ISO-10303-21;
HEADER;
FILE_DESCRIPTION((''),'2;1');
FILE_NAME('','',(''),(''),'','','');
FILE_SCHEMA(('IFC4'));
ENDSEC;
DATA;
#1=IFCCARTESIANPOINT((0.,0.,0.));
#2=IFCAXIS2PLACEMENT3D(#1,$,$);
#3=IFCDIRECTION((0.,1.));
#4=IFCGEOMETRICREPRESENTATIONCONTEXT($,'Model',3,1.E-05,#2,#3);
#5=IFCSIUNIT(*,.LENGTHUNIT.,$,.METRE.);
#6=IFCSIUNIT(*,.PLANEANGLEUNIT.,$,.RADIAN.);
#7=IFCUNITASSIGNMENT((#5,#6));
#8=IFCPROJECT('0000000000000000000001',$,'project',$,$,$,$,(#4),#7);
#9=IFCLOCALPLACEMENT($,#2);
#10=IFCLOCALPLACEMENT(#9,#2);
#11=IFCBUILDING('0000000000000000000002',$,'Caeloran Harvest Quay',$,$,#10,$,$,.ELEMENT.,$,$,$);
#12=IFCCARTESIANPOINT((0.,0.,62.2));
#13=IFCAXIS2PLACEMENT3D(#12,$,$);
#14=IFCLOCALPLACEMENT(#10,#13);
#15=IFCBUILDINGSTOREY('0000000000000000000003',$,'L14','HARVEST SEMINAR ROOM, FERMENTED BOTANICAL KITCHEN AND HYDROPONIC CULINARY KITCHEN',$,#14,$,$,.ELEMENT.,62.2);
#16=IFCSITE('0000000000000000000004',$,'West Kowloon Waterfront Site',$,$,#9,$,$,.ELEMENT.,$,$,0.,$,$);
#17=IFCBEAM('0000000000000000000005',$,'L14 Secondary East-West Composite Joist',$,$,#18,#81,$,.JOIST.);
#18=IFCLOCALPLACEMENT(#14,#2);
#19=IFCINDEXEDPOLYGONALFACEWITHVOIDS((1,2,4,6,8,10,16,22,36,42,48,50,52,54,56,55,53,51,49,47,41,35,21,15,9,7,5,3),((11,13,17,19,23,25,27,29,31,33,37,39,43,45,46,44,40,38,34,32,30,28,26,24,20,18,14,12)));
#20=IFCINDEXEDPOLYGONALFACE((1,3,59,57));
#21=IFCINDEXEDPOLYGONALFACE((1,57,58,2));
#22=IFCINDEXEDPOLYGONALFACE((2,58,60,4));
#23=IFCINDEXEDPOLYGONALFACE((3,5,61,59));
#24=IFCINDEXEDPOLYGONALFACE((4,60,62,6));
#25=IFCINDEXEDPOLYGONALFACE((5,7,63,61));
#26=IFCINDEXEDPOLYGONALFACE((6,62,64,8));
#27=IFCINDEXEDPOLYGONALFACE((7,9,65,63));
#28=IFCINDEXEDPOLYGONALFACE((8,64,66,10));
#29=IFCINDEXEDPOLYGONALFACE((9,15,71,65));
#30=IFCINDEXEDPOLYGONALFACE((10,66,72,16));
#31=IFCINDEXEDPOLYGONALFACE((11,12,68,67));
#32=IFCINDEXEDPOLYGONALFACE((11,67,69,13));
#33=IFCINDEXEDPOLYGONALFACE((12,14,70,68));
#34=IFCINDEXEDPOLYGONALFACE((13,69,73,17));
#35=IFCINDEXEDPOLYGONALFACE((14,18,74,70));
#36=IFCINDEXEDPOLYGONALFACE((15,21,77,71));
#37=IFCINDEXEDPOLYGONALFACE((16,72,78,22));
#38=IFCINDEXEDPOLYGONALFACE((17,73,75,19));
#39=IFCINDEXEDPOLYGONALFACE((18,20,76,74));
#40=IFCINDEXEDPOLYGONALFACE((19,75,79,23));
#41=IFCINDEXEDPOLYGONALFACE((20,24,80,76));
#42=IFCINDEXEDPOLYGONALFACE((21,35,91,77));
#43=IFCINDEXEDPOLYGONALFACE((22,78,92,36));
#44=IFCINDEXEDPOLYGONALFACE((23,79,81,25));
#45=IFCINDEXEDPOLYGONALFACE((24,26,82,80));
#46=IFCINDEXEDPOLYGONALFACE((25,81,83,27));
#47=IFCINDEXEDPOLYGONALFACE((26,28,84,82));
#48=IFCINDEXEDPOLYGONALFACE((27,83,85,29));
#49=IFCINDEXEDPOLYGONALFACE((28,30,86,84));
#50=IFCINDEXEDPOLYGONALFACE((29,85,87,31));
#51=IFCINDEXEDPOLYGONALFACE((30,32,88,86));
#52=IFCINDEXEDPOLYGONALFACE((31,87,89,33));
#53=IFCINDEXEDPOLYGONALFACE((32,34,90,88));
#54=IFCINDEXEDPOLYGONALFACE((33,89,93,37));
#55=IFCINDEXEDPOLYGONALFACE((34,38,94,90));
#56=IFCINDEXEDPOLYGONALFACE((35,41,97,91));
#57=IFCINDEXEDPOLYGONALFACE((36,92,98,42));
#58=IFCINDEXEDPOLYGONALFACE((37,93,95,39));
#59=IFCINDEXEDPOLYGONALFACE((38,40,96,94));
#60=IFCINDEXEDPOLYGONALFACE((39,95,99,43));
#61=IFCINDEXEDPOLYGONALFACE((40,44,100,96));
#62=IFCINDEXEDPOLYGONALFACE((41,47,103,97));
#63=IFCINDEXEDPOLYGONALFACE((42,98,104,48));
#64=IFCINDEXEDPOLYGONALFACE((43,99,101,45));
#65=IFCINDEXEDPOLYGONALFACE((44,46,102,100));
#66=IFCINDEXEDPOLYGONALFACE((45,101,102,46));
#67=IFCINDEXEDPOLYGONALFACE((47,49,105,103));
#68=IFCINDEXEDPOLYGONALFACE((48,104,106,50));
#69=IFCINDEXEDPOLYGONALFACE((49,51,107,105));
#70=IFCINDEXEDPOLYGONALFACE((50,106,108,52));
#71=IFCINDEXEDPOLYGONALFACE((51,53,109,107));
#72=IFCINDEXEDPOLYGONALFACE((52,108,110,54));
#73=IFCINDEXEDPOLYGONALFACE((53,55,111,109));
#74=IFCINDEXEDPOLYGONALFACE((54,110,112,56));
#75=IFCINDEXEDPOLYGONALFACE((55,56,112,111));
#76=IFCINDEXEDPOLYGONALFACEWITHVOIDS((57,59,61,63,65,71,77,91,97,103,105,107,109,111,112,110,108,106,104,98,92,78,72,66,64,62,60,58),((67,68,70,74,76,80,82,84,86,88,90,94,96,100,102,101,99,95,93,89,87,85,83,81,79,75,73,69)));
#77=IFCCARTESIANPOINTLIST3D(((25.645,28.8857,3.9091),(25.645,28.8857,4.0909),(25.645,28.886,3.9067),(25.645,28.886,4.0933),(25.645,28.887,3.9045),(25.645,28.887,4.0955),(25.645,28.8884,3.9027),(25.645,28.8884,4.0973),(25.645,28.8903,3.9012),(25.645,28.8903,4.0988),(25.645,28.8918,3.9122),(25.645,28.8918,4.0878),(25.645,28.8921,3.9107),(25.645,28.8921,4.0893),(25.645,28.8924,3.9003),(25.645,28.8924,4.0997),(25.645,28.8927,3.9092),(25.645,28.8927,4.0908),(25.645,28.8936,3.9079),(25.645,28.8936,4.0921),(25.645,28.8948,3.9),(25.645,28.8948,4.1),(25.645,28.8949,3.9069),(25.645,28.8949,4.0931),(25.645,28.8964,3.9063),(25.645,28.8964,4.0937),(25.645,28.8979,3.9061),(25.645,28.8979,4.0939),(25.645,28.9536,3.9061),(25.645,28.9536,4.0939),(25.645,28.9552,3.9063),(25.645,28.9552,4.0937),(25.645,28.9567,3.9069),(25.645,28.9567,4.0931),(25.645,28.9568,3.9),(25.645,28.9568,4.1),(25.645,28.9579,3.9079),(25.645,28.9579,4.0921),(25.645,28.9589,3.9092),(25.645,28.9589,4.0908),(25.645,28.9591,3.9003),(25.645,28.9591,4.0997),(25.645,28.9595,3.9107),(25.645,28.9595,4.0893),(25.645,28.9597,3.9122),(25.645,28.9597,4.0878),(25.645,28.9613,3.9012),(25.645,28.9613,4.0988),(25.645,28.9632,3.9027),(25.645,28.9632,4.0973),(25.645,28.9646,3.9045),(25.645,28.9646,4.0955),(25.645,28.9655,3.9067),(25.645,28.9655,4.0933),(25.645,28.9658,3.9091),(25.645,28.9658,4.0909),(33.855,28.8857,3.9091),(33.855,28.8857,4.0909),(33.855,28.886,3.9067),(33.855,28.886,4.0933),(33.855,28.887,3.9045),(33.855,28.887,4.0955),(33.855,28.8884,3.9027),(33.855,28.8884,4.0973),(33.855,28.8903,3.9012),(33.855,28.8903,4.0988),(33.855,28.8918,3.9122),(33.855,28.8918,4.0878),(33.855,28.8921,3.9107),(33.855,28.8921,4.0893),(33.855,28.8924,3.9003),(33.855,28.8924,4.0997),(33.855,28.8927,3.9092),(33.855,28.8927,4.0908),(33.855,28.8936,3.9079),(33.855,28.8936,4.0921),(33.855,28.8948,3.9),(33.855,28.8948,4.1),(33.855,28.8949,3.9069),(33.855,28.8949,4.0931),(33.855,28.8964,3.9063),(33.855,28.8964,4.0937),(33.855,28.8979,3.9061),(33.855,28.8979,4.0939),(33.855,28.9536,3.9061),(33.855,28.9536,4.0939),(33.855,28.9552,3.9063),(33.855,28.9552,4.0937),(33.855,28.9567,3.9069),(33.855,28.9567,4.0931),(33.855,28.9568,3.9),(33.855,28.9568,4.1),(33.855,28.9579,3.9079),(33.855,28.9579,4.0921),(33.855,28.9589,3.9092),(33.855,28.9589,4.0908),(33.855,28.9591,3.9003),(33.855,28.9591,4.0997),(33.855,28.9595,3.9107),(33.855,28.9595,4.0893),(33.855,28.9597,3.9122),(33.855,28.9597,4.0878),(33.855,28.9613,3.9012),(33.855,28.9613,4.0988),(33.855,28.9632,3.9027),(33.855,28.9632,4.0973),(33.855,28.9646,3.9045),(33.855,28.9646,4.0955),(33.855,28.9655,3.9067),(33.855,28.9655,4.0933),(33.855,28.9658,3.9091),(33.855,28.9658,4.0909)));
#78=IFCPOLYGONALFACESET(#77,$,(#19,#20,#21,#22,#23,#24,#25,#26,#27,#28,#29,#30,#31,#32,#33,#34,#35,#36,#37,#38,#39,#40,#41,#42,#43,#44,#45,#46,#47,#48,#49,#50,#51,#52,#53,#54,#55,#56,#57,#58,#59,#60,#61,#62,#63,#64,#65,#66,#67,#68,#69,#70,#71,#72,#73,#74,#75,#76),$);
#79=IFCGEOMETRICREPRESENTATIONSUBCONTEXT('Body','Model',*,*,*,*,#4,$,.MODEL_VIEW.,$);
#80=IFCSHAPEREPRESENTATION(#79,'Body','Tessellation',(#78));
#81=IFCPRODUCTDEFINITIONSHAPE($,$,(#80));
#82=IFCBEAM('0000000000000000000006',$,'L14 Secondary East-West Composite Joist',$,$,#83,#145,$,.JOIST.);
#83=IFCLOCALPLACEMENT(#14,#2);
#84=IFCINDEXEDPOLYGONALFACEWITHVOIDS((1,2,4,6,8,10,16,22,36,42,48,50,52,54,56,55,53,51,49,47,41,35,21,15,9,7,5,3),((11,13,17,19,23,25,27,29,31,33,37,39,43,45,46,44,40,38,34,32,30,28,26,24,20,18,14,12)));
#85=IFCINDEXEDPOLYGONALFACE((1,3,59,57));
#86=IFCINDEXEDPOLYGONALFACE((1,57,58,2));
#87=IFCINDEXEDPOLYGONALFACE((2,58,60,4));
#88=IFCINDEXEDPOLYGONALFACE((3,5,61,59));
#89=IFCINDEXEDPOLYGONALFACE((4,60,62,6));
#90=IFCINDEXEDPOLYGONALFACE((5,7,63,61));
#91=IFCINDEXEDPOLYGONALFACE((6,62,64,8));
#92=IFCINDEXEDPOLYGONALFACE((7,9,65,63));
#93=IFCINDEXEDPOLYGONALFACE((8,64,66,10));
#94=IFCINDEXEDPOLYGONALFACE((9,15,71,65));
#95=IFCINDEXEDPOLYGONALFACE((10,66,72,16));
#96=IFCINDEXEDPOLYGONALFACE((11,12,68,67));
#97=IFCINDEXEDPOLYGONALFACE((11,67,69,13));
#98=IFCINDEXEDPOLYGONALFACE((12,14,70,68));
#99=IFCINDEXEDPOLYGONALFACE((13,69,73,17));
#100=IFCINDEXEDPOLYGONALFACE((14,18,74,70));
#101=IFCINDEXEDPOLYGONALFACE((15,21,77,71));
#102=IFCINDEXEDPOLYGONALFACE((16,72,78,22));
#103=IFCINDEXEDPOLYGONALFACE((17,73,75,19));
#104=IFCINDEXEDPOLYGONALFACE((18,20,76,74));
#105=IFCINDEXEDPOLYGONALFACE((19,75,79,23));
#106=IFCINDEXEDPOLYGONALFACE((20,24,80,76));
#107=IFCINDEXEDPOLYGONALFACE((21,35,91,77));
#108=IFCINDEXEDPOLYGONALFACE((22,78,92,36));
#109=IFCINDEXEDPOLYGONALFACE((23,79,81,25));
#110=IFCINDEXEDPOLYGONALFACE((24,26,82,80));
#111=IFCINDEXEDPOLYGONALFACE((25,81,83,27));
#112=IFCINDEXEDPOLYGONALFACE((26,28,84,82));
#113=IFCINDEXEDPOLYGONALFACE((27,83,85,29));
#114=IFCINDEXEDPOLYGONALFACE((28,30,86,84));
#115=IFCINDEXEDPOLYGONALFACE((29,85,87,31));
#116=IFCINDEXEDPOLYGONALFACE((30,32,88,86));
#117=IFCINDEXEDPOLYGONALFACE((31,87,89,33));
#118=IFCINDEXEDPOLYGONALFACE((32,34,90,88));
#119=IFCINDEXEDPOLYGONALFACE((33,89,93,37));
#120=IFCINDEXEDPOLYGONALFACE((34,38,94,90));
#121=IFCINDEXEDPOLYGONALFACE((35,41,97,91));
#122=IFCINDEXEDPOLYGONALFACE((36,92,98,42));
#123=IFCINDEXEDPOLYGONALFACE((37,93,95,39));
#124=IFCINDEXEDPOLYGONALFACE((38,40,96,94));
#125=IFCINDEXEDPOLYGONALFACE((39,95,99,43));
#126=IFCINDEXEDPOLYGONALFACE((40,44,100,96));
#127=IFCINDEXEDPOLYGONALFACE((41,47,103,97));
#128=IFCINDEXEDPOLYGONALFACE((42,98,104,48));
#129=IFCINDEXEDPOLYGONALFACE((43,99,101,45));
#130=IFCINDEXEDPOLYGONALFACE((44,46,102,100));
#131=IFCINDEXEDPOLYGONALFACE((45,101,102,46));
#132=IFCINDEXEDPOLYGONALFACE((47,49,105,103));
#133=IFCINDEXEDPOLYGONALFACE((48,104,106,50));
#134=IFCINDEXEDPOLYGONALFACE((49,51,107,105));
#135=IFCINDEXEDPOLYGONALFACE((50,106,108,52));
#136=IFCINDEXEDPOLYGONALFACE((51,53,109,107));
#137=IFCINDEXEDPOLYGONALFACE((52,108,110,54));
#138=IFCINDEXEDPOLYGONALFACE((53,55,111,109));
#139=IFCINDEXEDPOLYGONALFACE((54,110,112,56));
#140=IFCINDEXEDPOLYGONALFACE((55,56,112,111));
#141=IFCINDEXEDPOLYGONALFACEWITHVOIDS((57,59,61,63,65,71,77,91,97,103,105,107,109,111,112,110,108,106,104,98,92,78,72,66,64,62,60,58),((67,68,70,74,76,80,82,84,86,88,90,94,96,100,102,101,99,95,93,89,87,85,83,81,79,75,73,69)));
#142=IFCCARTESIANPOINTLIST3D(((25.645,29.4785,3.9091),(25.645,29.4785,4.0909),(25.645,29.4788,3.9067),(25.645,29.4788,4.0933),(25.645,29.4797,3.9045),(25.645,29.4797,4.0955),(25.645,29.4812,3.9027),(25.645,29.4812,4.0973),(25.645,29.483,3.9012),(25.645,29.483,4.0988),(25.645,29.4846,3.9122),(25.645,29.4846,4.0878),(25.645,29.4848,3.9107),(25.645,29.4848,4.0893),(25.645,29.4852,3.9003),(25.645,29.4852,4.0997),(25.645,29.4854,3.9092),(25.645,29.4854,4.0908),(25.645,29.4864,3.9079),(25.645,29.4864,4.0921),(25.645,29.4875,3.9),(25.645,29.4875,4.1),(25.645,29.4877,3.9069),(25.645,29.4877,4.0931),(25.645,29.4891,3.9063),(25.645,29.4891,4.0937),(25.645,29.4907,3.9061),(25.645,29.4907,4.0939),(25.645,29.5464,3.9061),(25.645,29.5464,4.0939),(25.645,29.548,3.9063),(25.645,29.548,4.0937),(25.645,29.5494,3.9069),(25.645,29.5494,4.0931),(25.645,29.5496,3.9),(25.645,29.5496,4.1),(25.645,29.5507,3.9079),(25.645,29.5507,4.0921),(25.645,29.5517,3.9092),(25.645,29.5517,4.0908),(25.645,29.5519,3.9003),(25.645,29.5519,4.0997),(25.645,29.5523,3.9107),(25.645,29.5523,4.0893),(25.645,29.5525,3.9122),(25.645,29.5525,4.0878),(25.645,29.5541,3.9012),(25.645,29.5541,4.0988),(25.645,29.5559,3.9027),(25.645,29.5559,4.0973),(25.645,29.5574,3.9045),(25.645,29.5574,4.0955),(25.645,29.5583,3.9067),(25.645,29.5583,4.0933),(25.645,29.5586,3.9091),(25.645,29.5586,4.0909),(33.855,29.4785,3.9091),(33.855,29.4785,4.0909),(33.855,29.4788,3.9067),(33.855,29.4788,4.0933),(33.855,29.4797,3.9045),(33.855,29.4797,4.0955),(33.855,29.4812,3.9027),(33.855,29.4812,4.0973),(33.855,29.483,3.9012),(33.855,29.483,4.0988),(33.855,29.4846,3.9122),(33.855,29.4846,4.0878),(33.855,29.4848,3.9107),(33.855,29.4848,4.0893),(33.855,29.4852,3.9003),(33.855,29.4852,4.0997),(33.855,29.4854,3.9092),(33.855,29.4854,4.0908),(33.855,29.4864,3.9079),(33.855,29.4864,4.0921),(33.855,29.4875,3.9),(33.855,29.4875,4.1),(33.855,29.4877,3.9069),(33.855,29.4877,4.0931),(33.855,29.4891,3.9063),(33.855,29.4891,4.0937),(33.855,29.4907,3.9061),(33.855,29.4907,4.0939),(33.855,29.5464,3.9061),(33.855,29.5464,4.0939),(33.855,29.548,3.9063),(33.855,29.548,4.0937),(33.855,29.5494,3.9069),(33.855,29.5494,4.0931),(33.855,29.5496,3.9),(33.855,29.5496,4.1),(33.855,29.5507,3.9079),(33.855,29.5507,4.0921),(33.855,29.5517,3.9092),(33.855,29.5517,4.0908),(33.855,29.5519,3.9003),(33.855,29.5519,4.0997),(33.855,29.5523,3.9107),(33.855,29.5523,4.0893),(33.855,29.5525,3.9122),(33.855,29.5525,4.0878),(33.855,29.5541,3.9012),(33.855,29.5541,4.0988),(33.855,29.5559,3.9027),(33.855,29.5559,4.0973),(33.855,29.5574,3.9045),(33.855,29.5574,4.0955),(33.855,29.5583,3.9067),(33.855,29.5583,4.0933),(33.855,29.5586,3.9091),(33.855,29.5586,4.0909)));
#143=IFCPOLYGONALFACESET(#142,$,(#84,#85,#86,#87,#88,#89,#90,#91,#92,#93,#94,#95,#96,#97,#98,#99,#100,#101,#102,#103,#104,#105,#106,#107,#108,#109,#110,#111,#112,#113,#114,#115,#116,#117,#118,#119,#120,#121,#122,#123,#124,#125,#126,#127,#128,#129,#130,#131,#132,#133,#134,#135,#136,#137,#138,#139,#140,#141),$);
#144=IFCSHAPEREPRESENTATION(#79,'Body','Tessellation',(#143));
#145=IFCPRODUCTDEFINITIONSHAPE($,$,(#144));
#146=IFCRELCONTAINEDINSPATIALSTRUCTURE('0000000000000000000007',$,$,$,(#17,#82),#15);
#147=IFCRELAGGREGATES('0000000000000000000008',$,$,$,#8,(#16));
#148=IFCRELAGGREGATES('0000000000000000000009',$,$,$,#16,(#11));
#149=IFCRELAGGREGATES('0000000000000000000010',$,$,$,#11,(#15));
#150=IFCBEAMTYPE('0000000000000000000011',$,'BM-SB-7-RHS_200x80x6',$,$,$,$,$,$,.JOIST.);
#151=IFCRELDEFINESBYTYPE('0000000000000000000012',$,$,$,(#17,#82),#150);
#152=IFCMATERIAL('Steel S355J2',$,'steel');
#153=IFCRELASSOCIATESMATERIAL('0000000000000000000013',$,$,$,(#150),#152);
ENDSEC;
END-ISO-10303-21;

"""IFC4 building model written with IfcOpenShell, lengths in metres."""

from ifc_helpers import new_model, si_unit, direction, frame, origin, origin_2d, place, context, subcontext, project, spatial, hollow_rectangle, extrude, material, material_profile, profile_set, type_object, element, save


model = new_model("IFC4")

# Units and contexts
model_context = context("Model", 3, precision=1e-05, world=origin(), true_north=direction((0.0, 1.0)))
body_context = subcontext(model_context, "Body", "Model", "MODEL_VIEW")
ifc_project = project(units=[si_unit("LENGTHUNIT", "METRE"), si_unit("PLANEANGLEUNIT", "RADIAN")], contexts=[model_context])

# Site, building, storey
site_placement = place(None, origin())
site = spatial("IfcSite", under=ifc_project, at=site_placement, Name="West Kowloon Waterfront Site", CompositionType="ELEMENT", RefElevation=0.0)
building_placement = place(site_placement, origin())
building = spatial("IfcBuilding", under=site, at=building_placement, Name="Caeloran Harvest Quay", CompositionType="ELEMENT")
storey_placement = place(building_placement, frame((0.0, 0.0, 62.2)))
storey = spatial("IfcBuildingStorey", under=building, at=storey_placement, Name="L14", Description="HARVEST SEMINAR ROOM, FERMENTED BOTANICAL KITCHEN AND HYDROPONIC CULINARY KITCHEN", CompositionType="ELEMENT", Elevation=62.2)

# Beams
ifc_material_1 = material(Name="Steel S355J2", Category="steel")
ifc_material_profile_1 = material_profile(ifc_material_1, hollow_rectangle(XDim=0.0801, YDim=0.2, WallThickness=0.0061, InnerFilletRadius=0.0061, OuterFilletRadius=0.009, at=origin_2d()), Name="RHS 200x80x6")
ifc_profile_set_1 = profile_set([ifc_material_profile_1], Name="Steel S355J2")
beam_type_1 = type_object("IfcBeamType", Name="BM-SB-7-RHS_200x80x6", PredefinedType="JOIST", material=ifc_profile_set_1)
for number, where, z_axis, x_axis, name in (
    (1, (25.645, 28.9258, 4.0), (1.0, 0.0, 0.0), (0.0, 1.0, 0.0), "L14 Secondary East-West Composite Joist"),
    (2, (25.645, 29.5186, 4.0), (1.0, 0.0, 0.0), (0.0, 1.0, 0.0), "L14 Secondary East-West Composite Joist"),
):
    element("IfcBeam", number, at=place(storey_placement, frame(where, z_axis=z_axis, x_axis=x_axis)), inside=storey, type_object=beam_type_1, Name=name, PredefinedType="JOIST", context=body_context, shape_type="SweptSolid", body=[
        extrude(hollow_rectangle(XDim=0.0801, YDim=0.2, WallThickness=0.0061, InnerFilletRadius=0.0061, OuterFilletRadius=0.009, at=origin_2d()), origin(), (0.0, 0.0, 1.0), 8.21),
    ])

save(model, "model.ifc")
